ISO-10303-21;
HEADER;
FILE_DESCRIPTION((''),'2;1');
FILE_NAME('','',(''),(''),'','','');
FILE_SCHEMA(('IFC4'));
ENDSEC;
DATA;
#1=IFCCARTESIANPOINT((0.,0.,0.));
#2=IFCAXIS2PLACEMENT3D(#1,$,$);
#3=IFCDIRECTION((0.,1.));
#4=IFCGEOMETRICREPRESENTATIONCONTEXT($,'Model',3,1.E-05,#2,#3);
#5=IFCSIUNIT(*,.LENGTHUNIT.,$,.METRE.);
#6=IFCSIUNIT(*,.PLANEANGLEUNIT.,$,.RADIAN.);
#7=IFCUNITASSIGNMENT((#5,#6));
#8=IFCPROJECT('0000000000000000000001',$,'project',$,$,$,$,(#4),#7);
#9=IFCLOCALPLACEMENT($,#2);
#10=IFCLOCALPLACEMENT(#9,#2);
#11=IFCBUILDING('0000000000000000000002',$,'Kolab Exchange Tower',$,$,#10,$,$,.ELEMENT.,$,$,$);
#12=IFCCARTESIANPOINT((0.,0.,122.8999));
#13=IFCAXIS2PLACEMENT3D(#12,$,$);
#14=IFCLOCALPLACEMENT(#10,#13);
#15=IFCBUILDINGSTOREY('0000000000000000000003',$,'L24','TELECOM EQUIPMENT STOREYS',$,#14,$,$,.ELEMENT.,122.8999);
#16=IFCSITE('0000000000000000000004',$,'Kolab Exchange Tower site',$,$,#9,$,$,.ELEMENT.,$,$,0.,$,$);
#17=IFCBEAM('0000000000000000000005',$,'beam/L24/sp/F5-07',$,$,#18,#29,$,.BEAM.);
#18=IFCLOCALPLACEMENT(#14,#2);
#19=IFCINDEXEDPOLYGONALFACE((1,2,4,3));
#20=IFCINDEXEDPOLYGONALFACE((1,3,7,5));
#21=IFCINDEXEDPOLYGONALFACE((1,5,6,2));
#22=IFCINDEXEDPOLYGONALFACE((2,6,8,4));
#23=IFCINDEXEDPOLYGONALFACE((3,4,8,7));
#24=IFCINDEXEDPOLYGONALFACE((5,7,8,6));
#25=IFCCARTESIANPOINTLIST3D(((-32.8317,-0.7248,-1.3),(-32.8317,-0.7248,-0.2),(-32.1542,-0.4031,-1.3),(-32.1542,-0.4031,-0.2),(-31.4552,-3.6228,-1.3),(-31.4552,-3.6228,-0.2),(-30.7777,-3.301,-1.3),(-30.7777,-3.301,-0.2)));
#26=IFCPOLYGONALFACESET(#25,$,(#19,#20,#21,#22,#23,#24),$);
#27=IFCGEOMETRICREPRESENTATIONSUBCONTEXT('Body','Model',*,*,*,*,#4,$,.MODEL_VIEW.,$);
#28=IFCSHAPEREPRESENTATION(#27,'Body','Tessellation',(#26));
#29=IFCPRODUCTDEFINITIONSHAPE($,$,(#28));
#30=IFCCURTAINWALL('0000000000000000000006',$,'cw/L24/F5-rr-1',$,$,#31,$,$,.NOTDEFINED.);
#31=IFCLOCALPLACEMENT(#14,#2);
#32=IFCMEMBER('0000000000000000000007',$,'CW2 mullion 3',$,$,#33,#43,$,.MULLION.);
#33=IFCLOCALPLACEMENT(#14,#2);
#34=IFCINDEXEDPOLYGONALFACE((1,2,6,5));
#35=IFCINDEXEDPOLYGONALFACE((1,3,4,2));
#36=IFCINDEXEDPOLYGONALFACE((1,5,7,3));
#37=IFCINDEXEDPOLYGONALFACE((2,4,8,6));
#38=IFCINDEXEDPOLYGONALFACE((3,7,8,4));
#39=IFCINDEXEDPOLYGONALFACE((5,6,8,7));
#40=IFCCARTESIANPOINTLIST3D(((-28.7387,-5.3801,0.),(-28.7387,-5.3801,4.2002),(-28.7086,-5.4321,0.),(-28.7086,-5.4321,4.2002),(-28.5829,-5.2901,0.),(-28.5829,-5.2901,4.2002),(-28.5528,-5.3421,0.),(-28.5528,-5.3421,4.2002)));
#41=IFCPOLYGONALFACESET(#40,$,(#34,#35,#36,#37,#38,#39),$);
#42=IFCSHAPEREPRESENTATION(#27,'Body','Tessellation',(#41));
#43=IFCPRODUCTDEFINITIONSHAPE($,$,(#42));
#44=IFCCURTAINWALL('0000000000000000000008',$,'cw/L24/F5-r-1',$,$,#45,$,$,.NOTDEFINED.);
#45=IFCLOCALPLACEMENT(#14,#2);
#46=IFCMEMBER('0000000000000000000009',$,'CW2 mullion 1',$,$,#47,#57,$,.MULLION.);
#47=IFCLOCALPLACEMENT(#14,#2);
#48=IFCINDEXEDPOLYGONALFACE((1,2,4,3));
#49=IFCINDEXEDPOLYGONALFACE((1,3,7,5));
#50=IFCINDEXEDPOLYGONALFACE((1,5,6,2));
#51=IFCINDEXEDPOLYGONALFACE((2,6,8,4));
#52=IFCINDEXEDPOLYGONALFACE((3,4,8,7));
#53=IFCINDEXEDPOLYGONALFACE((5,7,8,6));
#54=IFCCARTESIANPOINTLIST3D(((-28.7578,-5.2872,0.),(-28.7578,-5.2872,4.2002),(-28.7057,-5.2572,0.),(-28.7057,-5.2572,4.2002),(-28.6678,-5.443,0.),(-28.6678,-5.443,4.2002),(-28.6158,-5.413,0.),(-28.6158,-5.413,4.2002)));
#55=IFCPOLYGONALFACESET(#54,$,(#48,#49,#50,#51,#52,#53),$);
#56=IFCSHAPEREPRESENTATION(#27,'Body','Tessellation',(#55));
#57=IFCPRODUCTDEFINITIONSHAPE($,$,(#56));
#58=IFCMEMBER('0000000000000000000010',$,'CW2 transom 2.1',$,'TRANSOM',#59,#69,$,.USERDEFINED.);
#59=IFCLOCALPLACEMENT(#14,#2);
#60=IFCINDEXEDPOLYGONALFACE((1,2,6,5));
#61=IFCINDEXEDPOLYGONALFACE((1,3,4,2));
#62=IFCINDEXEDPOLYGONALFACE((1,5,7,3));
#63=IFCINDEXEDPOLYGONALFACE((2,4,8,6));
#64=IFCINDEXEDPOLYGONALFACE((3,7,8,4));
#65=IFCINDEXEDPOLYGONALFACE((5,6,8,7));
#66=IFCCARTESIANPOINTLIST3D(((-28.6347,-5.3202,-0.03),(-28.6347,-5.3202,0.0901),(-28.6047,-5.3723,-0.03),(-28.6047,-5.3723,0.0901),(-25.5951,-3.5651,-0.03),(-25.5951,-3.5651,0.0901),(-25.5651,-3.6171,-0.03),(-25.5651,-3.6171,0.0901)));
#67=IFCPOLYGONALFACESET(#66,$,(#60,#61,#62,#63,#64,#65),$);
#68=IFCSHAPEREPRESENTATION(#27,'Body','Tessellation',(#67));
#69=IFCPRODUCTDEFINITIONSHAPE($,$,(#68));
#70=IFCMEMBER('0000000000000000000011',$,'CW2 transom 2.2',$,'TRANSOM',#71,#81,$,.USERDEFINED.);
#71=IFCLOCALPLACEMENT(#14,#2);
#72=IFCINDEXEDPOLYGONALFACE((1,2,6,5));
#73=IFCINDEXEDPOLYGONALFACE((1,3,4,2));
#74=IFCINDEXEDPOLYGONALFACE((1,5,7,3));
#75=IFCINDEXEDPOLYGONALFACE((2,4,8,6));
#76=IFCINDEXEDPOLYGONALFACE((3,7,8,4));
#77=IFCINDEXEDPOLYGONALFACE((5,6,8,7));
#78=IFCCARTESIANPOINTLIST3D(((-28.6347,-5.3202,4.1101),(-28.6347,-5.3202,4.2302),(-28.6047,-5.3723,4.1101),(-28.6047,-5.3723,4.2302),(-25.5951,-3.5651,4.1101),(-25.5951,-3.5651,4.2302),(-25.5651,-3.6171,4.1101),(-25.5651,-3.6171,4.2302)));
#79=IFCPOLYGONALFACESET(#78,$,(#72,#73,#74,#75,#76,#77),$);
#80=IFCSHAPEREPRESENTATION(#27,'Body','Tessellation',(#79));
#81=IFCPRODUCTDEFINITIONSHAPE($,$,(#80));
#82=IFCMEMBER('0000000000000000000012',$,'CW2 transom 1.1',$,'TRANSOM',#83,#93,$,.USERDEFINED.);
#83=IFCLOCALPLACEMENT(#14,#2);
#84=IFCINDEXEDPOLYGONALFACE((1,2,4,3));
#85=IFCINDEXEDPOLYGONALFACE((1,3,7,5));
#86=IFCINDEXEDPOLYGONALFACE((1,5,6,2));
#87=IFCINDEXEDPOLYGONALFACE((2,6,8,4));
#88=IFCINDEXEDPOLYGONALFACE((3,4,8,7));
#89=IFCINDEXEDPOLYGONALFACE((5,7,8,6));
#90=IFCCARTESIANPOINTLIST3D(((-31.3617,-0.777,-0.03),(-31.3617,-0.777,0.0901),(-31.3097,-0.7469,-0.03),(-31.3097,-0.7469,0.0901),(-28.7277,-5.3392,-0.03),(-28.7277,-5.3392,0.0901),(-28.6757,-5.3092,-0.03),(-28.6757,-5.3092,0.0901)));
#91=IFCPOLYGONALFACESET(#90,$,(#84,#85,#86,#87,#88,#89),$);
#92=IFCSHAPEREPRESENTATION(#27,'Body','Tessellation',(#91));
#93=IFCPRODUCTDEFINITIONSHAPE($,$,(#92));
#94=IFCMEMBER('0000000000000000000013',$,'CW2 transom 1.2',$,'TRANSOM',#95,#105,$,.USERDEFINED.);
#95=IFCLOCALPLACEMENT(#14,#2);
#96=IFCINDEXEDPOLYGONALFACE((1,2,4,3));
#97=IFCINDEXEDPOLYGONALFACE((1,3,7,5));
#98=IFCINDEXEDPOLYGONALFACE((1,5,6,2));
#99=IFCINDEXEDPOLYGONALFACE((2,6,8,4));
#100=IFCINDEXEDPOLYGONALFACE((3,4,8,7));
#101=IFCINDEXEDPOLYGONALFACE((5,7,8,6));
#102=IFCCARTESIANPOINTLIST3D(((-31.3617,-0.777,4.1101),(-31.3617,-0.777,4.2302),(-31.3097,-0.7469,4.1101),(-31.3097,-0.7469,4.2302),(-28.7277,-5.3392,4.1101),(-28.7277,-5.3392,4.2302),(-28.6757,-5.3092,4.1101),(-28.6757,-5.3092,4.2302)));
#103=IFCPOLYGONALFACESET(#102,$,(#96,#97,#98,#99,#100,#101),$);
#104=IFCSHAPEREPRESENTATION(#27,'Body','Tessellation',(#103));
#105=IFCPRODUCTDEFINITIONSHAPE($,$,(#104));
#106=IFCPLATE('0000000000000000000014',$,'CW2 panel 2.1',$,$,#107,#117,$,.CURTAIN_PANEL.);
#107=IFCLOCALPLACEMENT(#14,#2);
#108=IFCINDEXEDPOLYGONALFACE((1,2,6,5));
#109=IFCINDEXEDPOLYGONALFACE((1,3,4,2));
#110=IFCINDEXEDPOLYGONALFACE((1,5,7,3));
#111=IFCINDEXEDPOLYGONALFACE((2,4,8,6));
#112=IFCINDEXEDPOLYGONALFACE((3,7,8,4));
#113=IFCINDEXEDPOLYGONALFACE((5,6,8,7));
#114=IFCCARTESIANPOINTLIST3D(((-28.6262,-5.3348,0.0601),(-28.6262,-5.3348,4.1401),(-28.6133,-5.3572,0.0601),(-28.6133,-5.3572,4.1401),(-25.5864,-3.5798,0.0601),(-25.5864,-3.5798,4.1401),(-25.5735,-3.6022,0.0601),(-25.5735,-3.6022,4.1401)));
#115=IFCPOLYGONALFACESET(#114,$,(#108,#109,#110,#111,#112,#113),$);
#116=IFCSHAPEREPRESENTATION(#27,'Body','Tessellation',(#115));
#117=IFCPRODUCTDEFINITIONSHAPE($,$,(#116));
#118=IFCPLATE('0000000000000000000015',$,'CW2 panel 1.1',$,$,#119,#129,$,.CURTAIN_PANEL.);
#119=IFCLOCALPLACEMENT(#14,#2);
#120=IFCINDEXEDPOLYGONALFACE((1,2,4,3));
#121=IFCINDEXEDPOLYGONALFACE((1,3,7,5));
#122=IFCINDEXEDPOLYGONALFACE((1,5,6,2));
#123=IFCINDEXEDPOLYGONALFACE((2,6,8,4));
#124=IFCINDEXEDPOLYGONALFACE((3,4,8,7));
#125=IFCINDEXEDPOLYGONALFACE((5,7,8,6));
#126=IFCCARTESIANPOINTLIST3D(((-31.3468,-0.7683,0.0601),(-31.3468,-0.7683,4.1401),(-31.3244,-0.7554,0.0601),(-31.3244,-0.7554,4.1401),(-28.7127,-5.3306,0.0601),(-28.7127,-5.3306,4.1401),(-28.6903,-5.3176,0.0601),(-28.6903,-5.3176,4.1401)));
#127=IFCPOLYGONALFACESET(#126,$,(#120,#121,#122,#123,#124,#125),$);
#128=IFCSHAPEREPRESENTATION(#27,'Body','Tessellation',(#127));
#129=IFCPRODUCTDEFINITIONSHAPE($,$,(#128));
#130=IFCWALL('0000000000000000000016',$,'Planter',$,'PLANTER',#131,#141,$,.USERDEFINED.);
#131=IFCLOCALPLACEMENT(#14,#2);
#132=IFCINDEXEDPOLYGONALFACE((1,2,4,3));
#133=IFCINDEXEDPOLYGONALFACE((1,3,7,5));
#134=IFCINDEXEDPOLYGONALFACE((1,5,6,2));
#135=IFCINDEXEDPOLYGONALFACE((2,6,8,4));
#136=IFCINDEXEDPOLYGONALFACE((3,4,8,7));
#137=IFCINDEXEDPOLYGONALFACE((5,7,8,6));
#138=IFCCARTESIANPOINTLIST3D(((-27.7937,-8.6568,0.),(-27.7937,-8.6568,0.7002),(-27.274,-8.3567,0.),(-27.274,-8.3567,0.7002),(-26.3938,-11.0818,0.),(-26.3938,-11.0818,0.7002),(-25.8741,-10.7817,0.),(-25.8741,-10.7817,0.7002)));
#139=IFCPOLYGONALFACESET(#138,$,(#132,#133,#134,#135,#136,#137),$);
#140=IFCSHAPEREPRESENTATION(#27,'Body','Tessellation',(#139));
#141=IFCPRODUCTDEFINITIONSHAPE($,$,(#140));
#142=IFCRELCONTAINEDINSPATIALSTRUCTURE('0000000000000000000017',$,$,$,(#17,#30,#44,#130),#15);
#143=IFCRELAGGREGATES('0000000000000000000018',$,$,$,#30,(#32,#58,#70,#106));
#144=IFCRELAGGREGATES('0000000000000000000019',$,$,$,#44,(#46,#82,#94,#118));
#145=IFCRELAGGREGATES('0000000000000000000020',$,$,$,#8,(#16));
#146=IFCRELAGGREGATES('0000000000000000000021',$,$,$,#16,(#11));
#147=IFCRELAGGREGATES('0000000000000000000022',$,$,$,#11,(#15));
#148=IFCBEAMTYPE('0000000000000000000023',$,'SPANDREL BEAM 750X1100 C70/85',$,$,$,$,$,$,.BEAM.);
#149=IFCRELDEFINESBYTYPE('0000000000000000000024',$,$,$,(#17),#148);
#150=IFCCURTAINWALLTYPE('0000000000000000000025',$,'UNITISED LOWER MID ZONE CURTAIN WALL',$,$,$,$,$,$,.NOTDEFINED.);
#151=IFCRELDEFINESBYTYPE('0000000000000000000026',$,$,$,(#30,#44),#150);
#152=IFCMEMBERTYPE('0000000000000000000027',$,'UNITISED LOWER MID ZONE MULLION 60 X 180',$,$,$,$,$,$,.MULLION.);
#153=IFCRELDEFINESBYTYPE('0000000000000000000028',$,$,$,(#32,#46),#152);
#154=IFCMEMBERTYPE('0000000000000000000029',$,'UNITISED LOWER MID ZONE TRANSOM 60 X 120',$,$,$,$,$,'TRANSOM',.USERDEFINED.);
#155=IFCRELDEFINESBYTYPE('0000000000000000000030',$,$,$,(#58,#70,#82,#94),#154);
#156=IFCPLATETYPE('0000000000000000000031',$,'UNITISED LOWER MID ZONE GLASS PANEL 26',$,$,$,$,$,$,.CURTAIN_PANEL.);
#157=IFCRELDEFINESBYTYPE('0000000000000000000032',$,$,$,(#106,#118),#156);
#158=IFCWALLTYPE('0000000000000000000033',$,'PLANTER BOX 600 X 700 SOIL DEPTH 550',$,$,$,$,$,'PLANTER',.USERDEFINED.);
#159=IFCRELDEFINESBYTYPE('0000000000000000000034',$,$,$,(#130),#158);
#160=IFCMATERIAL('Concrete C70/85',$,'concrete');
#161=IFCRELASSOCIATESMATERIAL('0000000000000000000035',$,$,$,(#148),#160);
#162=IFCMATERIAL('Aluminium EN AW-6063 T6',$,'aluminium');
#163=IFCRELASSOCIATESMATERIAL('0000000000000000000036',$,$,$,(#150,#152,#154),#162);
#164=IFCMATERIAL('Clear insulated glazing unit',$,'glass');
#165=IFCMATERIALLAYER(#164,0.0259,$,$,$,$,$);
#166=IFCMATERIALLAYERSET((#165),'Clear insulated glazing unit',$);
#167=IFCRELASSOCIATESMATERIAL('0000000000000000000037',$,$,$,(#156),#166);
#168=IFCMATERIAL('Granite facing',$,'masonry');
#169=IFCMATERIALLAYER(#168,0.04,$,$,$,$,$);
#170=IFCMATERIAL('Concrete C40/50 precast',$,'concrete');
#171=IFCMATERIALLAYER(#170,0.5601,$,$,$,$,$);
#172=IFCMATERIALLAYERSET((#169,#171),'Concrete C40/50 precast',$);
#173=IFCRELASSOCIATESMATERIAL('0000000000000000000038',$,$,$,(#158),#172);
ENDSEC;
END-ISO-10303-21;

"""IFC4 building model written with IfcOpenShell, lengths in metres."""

from ifc_helpers import new_model, si_unit, direction, frame, frame_2d, origin, origin_2d, place, context, subcontext, project, spatial, rectangle, extrude, material, layer, layer_set, material_profile, profile_set, type_object, element, aggregate, save


model = new_model("IFC4")

# Units and contexts
model_context = context("Model", 3, precision=1e-05, world=origin(), true_north=direction((0.0, 1.0)))
body_context = subcontext(model_context, "Body", "Model", "MODEL_VIEW")
ifc_project = project(units=[si_unit("LENGTHUNIT", "METRE"), si_unit("PLANEANGLEUNIT", "RADIAN")], contexts=[model_context])

# Site, building, storey
site_placement = place(None, origin())
site = spatial("IfcSite", under=ifc_project, at=site_placement, Name="Kolab Exchange Tower site", CompositionType="ELEMENT", RefElevation=0.0)
building_placement = place(site_placement, origin())
building = spatial("IfcBuilding", under=site, at=building_placement, Name="Kolab Exchange Tower", CompositionType="ELEMENT")
storey_placement = place(building_placement, frame((0.0, 0.0, 122.8999)))
storey = spatial("IfcBuildingStorey", under=building, at=storey_placement, Name="L24", Description="TELECOM EQUIPMENT STOREYS", CompositionType="ELEMENT", Elevation=122.8999)

# Shared definitions
ifc_material_1 = material(Name="Concrete C70/85", Category="concrete")

# Beam
ifc_material_profile_1 = material_profile(ifc_material_1, rectangle(XDim=0.75, YDim=1.1001, at=origin_2d()), Name="RC750X1100")
ifc_profile_set_1 = profile_set([ifc_material_profile_1], Name="Concrete C70/85")
beam_type_1 = type_object("IfcBeamType", Name="SPANDREL BEAM 750X1100 C70/85", PredefinedType="BEAM", material=ifc_profile_set_1)
beam_1_placement = place(storey_placement, frame((-31.1165, -3.4619, -0.75), z_axis=(-0.429041, 0.903285, 0.0), x_axis=(-0.903285, -0.429041, 0.0)))
element("IfcBeam", 1, at=beam_1_placement, inside=storey, type_object=beam_type_1, Name="beam/L24/sp/F5-07", PredefinedType="BEAM", context=body_context, shape_type="SweptSolid", body=[
    extrude(rectangle(XDim=0.75, YDim=1.1001, at=origin_2d()), origin(), (0.0, 0.0, 1.0), 3.2083),
])

# Curtain walls, members
ifc_material_2 = material(Name="Aluminium EN AW-6063 T6", Category="aluminium")
curtain_wall_type = type_object("IfcCurtainWallType", Name="UNITISED LOWER MID ZONE CURTAIN WALL", PredefinedType="NOTDEFINED", material=ifc_material_2)
curtain_wall_1_placement = place(storey_placement, origin())
curtain_wall_1 = element("IfcCurtainWall", 2, at=curtain_wall_1_placement, inside=storey, type_object=curtain_wall_type, Name="cw/L24/F5-rr-1", PredefinedType="NOTDEFINED")
ifc_material_profile_2 = material_profile(ifc_material_2, rectangle(XDim=0.0601, YDim=0.1799, at=origin_2d()), Name="RECT 60X180")
ifc_profile_set_2 = profile_set([ifc_material_profile_2], Name="Aluminium EN AW-6063 T6")
member_type_1 = type_object("IfcMemberType", Name="UNITISED LOWER MID ZONE MULLION 60 X 180", PredefinedType="MULLION", material=ifc_profile_set_2)
member_1_placement = place(storey_placement, frame((-28.6458, -5.3611, 0.0), z_axis=(0.0, 0.0, 1.0), x_axis=(0.5, -0.866025, 0.0)))
member_1 = element("IfcMember", 3, at=member_1_placement, type_object=member_type_1, Name="CW2 mullion 3", PredefinedType="MULLION", context=body_context, shape_type="SweptSolid", body=[
    extrude(rectangle(XDim=0.0601, YDim=0.1799, at=origin_2d()), origin(), (0.0, 0.0, 1.0), 4.2002),
])
curtain_wall_2_placement = place(storey_placement, origin())
curtain_wall_2 = element("IfcCurtainWall", 4, at=curtain_wall_2_placement, inside=storey, type_object=curtain_wall_type, Name="cw/L24/F5-r-1", PredefinedType="NOTDEFINED")
member_2_placement = place(storey_placement, frame((-28.6868, -5.3501, 0.0), z_axis=(0.0, 0.0, 1.0), x_axis=(-0.866025, -0.5, 0.0)))
member_2 = element("IfcMember", 5, at=member_2_placement, type_object=member_type_1, Name="CW2 mullion 1", PredefinedType="MULLION", context=body_context, shape_type="SweptSolid", body=[
    extrude(rectangle(XDim=0.0601, YDim=0.1799, at=origin_2d()), origin(), (0.0, 0.0, 1.0), 4.2002),
])

# Members
ifc_material_profile_3 = material_profile(ifc_material_2, rectangle(XDim=0.0601, YDim=0.1201, at=origin_2d()), Name="RECT 60X120")
ifc_profile_set_3 = profile_set([ifc_material_profile_3], Name="Aluminium EN AW-6063 T6")
member_type_2 = type_object("IfcMemberType", Name="UNITISED LOWER MID ZONE TRANSOM 60 X 120", ElementType="TRANSOM", PredefinedType="USERDEFINED", material=ifc_profile_set_3)
member_3_placement = place(storey_placement, frame((-25.5801, -3.5911, 0.03), z_axis=(-0.865996, -0.500052, 0.0), x_axis=(0.500052, -0.865996, 0.0)))
member_3 = element("IfcMember", 6, at=member_3_placement, type_object=member_type_2, Name="CW2 transom 2.1", ObjectType="TRANSOM", PredefinedType="USERDEFINED", context=body_context, shape_type="SweptSolid", body=[
    extrude(rectangle(XDim=0.0601, YDim=0.1201, at=origin_2d()), origin(), (0.0, 0.0, 1.0), 3.51),
])
member_4_placement = place(storey_placement, frame((-25.5801, -3.5911, 4.1702), z_axis=(-0.865996, -0.500052, 0.0), x_axis=(0.500052, -0.865996, 0.0)))
member_4 = element("IfcMember", 7, at=member_4_placement, type_object=member_type_2, Name="CW2 transom 2.2", ObjectType="TRANSOM", PredefinedType="USERDEFINED", context=body_context, shape_type="SweptSolid", body=[
    extrude(rectangle(XDim=0.0601, YDim=0.1201, at=origin_2d()), origin(), (0.0, 0.0, 1.0), 3.51),
])
member_5_placement = place(storey_placement, frame((-28.7017, -5.3242, 0.03), z_axis=(-0.500002, 0.866024, 0.0), x_axis=(-0.866024, -0.500002, 0.0)))
member_5 = element("IfcMember", 8, at=member_5_placement, type_object=member_type_2, Name="CW2 transom 1.1", ObjectType="TRANSOM", PredefinedType="USERDEFINED", context=body_context, shape_type="SweptSolid", body=[
    extrude(rectangle(XDim=0.0601, YDim=0.1201, at=origin_2d()), origin(), (0.0, 0.0, 1.0), 5.2681),
])
member_6_placement = place(storey_placement, frame((-28.7017, -5.3242, 4.1702), z_axis=(-0.500002, 0.866024, 0.0), x_axis=(-0.866024, -0.500002, 0.0)))
member_6 = element("IfcMember", 9, at=member_6_placement, type_object=member_type_2, Name="CW2 transom 1.2", ObjectType="TRANSOM", PredefinedType="USERDEFINED", context=body_context, shape_type="SweptSolid", body=[
    extrude(rectangle(XDim=0.0601, YDim=0.1201, at=origin_2d()), origin(), (0.0, 0.0, 1.0), 5.2681),
])

# Plates
ifc_material_3 = material(Name="Clear insulated glazing unit", Category="glass")
ifc_layer_1 = layer(ifc_material_3, 0.0259)
ifc_layer_set_1 = layer_set([ifc_layer_1], Name="Clear insulated glazing unit")
plate_type = type_object("IfcPlateType", Name="UNITISED LOWER MID ZONE GLASS PANEL 26", PredefinedType="CURTAIN_PANEL", material=ifc_layer_set_1)
plate_1_placement = place(storey_placement, frame((-27.0999, -4.4685, 0.0601), z_axis=(0.0, 0.0, 1.0), x_axis=(-0.866025, -0.5, 0.0)))
plate_1 = element("IfcPlate", 10, at=plate_1_placement, type_object=plate_type, Name="CW2 panel 2.1", PredefinedType="CURTAIN_PANEL", context=body_context, shape_type="SweptSolid", body=[
    extrude(rectangle(XDim=3.51, YDim=0.0259, at=origin_2d()), origin(), (0.0, 0.0, 1.0), 4.0801),
])
aggregate(curtain_wall_1, [member_1, member_3, member_4, plate_1])
plate_2_placement = place(storey_placement, frame((-30.0186, -3.043, 0.0601), z_axis=(0.0, 0.0, 1.0), x_axis=(-0.5, 0.866025, 0.0)))
plate_2 = element("IfcPlate", 11, at=plate_2_placement, type_object=plate_type, Name="CW2 panel 1.1", PredefinedType="CURTAIN_PANEL", context=body_context, shape_type="SweptSolid", body=[
    extrude(rectangle(XDim=5.2681, YDim=0.0259, at=origin_2d()), origin(), (0.0, 0.0, 1.0), 4.0801),
])
aggregate(curtain_wall_2, [member_2, member_5, member_6, plate_2])

# Wall
ifc_material_4 = material(Name="Granite facing", Category="masonry")
ifc_layer_2 = layer(ifc_material_4, 0.04)
ifc_material_5 = material(Name="Concrete C40/50 precast", Category="concrete")
ifc_layer_3 = layer(ifc_material_5, 0.5601)
ifc_layer_set_2 = layer_set([ifc_layer_2, ifc_layer_3], Name="Concrete C40/50 precast")
wall_type = type_object("IfcWallType", Name="PLANTER BOX 600 X 700 SOIL DEPTH 550", ElementType="PLANTER", PredefinedType="USERDEFINED", material=ifc_layer_set_2)
wall_placement = place(storey_placement, frame((-26.134, -10.9316, 0.0), z_axis=(0.0, 0.0, 1.0), x_axis=(-0.499946, 0.866056, 0.0)))
element("IfcWall", 12, at=wall_placement, inside=storey, type_object=wall_type, Name="Planter", ObjectType="PLANTER", PredefinedType="USERDEFINED", context=body_context, shape_type="SweptSolid", body=[
    extrude(rectangle(XDim=2.8, YDim=0.6001, at=frame_2d((1.3999, 0.0))), origin(), (0.0, 0.0, 1.0), 0.7002),
])

save(model, "model.ifc")
